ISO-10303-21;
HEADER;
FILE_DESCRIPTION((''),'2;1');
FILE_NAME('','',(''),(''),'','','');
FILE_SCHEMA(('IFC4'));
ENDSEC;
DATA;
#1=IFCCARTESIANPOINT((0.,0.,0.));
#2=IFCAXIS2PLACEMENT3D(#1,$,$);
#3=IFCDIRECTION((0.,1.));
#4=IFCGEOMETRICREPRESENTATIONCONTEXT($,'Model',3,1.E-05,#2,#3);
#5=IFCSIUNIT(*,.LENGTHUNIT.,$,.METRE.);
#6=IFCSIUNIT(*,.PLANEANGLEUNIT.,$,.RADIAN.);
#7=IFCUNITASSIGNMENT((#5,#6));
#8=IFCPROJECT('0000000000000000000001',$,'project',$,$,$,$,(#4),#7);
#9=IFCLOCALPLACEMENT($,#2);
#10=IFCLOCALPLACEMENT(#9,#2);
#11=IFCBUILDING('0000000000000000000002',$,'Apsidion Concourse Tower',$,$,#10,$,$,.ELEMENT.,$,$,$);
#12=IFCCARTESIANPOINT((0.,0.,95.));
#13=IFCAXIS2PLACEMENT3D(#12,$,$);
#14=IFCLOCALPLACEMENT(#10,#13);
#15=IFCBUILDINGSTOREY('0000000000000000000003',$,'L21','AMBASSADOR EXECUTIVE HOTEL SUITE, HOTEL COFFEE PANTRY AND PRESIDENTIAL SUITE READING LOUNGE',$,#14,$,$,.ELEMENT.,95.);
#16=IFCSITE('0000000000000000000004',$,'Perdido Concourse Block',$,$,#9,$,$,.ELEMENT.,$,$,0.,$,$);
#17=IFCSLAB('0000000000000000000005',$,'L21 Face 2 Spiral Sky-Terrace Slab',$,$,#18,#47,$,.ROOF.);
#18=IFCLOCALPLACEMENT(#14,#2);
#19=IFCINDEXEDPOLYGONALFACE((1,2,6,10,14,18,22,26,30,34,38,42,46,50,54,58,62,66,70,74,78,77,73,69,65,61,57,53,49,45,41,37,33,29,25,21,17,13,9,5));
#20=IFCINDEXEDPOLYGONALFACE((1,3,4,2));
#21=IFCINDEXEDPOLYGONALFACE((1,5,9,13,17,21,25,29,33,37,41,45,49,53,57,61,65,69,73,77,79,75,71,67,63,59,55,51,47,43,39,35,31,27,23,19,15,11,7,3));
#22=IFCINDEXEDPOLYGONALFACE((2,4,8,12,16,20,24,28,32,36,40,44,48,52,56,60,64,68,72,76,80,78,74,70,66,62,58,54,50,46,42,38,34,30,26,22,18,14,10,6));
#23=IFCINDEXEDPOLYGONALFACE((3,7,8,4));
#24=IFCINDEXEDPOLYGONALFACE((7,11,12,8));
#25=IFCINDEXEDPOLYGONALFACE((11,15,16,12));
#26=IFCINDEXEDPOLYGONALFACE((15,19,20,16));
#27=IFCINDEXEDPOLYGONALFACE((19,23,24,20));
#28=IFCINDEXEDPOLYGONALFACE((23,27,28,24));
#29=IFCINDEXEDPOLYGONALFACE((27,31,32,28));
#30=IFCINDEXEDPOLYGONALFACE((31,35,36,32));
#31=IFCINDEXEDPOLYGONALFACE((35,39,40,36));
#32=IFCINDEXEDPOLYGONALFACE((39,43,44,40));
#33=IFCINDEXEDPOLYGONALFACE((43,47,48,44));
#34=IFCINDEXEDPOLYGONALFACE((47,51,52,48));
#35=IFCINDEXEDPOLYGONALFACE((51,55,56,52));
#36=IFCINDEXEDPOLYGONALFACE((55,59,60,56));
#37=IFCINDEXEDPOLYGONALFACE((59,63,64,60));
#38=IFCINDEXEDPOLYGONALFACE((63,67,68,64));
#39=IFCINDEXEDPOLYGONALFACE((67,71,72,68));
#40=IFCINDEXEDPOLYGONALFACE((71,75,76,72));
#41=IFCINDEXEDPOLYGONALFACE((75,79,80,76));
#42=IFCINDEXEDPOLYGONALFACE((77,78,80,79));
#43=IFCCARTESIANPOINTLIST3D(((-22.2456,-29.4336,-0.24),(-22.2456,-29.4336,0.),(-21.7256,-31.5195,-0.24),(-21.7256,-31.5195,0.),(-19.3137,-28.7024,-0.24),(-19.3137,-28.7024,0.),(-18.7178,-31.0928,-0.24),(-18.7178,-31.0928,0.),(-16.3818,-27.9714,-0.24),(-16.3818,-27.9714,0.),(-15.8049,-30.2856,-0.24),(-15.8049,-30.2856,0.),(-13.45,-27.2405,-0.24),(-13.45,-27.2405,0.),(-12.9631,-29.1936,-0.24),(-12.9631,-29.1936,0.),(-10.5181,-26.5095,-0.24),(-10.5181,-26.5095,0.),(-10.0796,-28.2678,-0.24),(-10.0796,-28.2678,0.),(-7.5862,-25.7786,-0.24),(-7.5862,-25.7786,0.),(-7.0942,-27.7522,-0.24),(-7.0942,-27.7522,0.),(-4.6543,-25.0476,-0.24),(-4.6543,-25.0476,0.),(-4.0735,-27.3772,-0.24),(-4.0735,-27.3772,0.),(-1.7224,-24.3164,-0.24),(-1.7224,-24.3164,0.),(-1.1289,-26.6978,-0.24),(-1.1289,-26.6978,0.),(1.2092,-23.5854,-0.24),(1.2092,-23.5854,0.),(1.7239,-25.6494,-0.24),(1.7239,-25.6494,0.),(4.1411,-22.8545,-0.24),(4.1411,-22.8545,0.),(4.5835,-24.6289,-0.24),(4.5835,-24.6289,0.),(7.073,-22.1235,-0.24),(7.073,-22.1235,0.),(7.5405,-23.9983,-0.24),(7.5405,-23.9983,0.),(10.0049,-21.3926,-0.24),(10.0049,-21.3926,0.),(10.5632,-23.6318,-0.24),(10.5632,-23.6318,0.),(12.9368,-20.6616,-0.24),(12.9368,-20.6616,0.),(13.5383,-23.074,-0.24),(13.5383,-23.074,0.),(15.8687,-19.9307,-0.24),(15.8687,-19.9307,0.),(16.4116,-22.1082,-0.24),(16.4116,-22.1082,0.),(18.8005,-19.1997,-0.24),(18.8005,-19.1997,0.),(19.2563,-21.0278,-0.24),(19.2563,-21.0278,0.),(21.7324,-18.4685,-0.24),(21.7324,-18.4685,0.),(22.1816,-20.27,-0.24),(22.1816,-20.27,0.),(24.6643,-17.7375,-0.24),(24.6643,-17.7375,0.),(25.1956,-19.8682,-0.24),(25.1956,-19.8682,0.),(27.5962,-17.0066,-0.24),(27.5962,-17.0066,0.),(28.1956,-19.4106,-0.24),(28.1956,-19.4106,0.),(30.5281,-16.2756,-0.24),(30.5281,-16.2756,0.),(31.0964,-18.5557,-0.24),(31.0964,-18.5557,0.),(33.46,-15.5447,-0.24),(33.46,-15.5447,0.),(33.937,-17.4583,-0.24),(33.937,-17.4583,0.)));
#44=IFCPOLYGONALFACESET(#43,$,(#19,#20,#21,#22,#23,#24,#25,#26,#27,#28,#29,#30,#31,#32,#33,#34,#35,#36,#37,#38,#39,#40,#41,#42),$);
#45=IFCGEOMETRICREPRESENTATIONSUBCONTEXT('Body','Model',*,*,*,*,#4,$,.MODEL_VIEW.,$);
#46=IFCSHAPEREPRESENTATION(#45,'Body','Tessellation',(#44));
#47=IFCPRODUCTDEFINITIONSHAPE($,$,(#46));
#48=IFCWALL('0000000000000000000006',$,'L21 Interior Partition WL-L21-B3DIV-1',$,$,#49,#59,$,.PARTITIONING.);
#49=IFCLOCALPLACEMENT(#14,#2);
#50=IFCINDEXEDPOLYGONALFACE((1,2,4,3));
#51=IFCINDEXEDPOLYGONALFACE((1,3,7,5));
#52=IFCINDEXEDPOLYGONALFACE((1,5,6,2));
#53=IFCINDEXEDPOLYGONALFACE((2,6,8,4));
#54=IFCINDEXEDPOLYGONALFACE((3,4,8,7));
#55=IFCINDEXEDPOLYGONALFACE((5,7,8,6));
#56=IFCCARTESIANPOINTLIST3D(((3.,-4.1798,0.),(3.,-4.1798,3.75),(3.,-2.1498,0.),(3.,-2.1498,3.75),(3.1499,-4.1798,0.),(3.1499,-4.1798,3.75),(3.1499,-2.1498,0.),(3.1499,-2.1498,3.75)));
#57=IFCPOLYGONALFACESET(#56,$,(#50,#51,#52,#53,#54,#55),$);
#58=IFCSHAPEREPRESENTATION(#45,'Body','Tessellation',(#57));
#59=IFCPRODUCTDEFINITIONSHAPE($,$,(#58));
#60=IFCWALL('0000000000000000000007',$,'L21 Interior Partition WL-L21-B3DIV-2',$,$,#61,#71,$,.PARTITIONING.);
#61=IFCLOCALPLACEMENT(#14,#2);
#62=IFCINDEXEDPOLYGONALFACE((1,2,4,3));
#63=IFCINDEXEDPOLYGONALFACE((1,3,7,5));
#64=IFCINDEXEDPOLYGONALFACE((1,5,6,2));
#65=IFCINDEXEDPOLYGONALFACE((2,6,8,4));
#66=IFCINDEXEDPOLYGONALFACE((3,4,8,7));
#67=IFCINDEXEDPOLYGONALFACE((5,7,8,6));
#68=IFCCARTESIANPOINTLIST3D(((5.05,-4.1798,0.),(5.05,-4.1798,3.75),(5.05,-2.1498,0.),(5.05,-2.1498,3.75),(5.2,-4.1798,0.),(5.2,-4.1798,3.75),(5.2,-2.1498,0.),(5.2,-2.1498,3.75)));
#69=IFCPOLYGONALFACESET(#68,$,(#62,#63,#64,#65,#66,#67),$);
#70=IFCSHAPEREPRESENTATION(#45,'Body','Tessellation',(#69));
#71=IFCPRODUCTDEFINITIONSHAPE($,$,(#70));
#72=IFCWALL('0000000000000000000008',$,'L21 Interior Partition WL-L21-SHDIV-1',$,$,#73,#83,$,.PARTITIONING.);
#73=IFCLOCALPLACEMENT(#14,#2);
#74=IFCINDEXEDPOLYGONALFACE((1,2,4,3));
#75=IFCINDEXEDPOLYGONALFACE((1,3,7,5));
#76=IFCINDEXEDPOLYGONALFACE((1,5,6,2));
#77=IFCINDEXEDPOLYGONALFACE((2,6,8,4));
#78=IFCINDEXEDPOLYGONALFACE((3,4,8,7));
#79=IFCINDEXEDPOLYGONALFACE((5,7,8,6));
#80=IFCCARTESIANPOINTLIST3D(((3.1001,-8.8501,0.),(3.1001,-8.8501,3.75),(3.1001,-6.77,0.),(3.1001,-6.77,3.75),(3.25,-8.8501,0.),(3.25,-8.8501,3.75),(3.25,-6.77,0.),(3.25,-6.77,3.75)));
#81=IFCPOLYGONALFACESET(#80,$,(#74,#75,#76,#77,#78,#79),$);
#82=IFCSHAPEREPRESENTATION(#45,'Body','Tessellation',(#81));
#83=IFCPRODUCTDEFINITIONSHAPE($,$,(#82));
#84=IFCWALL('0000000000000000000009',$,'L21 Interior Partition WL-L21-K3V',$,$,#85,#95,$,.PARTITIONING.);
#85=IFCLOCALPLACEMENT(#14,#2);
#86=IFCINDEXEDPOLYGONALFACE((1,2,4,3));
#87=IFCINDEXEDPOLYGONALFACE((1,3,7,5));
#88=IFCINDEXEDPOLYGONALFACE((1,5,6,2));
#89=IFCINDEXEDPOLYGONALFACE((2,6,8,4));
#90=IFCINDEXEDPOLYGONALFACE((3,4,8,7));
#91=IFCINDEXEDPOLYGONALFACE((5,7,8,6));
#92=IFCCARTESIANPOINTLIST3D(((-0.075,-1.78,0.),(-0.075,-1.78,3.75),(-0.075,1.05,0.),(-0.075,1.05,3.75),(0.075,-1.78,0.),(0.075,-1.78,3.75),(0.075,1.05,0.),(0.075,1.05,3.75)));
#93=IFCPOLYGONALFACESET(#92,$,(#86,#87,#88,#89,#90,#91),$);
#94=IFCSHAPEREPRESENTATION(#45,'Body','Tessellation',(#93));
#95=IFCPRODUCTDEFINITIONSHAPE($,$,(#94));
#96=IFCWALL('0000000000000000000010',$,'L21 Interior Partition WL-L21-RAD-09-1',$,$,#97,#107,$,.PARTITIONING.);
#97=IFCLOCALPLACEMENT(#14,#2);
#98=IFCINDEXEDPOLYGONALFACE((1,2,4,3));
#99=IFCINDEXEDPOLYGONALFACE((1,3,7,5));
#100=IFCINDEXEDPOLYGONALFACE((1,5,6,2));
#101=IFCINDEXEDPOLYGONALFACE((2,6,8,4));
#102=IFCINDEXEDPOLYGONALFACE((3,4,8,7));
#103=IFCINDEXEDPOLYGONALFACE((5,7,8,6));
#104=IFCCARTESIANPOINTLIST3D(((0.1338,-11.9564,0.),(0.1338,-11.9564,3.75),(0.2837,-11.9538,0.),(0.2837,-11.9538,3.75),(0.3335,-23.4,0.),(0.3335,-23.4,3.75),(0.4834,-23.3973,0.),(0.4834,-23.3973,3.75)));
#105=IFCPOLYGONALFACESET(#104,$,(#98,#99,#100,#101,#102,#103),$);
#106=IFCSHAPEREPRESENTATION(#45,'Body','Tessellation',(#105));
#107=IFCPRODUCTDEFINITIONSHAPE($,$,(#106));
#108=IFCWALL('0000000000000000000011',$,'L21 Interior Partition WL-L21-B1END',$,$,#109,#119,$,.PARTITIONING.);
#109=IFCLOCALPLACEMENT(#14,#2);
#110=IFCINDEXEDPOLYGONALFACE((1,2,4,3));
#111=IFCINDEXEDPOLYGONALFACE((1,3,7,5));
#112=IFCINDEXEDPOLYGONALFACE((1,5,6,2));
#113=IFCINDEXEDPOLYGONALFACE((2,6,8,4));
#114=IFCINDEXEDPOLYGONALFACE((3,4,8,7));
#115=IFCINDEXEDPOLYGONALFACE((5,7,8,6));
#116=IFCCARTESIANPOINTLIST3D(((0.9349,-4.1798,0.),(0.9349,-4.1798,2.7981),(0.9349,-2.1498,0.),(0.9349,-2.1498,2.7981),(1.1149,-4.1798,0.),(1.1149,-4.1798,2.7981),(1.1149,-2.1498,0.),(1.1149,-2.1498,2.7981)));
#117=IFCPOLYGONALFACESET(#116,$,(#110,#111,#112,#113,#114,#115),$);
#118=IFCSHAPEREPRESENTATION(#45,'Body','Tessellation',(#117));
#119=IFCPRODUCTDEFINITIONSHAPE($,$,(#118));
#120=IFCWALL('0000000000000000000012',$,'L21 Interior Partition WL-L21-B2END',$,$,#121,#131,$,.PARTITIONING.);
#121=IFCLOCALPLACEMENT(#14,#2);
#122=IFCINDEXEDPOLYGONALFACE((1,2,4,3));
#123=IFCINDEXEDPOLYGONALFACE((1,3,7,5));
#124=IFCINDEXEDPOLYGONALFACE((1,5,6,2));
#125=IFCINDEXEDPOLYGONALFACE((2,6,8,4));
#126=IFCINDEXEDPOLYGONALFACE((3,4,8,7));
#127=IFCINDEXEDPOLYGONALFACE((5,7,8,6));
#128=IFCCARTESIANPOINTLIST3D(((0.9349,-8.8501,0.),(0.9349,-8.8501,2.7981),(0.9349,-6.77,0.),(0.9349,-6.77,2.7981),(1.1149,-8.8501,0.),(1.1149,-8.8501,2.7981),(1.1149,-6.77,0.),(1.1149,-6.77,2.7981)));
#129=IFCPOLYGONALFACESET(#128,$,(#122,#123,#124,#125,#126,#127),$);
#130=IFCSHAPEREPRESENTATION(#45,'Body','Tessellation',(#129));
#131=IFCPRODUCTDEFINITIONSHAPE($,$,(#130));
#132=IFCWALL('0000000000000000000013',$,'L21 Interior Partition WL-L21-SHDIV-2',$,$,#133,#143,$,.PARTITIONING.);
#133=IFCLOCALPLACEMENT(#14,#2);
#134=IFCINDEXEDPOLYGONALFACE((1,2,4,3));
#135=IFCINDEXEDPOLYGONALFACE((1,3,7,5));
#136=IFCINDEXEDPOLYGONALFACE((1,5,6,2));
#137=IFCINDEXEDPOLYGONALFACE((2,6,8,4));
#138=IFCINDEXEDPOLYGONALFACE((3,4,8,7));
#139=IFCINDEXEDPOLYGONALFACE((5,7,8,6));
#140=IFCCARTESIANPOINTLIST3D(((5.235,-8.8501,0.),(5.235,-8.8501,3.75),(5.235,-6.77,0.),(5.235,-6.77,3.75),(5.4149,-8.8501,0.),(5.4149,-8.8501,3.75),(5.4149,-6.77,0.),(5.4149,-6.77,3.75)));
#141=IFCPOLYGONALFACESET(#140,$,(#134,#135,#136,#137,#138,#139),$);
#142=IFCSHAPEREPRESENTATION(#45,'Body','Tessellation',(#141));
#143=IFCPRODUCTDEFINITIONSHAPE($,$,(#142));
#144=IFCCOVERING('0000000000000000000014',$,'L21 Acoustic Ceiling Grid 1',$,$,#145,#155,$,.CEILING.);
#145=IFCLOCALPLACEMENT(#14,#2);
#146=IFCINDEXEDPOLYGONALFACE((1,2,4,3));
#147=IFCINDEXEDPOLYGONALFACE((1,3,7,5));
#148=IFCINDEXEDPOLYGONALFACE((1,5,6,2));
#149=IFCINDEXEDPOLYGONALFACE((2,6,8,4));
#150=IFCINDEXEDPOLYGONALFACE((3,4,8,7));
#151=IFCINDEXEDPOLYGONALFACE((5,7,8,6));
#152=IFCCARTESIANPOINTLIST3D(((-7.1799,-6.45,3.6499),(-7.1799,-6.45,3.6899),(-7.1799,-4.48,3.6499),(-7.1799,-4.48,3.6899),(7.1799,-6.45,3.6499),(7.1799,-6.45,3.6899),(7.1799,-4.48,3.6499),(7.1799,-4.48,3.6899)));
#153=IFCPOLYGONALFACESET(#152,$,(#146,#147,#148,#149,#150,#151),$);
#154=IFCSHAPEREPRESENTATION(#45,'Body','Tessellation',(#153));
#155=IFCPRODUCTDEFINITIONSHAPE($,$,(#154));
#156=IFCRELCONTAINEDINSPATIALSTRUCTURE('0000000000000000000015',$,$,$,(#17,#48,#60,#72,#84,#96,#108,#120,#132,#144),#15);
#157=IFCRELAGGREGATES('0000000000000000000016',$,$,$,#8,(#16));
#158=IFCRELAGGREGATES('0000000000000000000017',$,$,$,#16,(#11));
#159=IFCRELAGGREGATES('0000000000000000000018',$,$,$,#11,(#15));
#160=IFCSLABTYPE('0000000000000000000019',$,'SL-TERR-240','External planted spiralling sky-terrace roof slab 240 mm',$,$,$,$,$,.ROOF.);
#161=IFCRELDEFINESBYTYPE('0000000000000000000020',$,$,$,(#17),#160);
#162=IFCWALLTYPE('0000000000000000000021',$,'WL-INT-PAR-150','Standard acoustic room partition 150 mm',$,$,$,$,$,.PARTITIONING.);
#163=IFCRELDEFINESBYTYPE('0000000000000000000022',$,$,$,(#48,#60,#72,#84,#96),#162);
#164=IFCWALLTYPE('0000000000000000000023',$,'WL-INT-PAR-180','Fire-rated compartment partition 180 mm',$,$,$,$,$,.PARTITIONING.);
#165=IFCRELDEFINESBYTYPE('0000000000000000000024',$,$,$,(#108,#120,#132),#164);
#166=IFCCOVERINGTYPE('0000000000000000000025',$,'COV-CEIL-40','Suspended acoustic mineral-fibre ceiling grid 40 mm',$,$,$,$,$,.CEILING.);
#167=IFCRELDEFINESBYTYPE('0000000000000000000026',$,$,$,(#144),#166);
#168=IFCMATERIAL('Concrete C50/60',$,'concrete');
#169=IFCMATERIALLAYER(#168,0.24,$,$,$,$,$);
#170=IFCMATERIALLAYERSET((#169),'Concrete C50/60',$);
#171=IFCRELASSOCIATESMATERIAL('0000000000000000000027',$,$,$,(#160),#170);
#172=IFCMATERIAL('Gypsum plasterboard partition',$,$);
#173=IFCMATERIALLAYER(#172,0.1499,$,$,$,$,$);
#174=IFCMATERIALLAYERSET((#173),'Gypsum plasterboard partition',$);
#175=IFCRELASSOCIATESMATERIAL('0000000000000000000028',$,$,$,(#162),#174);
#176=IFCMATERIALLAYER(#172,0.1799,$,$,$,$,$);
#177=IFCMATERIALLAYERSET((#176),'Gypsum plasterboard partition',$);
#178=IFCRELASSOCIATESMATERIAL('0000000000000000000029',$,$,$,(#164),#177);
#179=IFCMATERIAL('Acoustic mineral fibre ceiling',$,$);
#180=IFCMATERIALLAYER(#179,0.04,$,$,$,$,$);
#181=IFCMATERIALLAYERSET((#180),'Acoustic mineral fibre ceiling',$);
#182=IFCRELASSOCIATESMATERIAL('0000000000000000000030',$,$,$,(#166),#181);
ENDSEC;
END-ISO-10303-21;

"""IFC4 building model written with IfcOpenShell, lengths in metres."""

from ifc_helpers import new_model, si_unit, direction, frame, frame_2d, origin, place, context, subcontext, project, spatial, polyline, rectangle, outline, extrude, material, layer, layer_set, type_object, element, save


model = new_model("IFC4")

# Units and contexts
model_context = context("Model", 3, precision=1e-05, world=origin(), true_north=direction((0.0, 1.0)))
body_context = subcontext(model_context, "Body", "Model", "MODEL_VIEW")
ifc_project = project(units=[si_unit("LENGTHUNIT", "METRE"), si_unit("PLANEANGLEUNIT", "RADIAN")], contexts=[model_context])

# Site, building, storey
site_placement = place(None, origin())
site = spatial("IfcSite", under=ifc_project, at=site_placement, Name="Perdido Concourse Block", CompositionType="ELEMENT", RefElevation=0.0)
building_placement = place(site_placement, origin())
building = spatial("IfcBuilding", under=site, at=building_placement, Name="Apsidion Concourse Tower", CompositionType="ELEMENT")
storey_placement = place(building_placement, frame((0.0, 0.0, 95.0)))
storey = spatial("IfcBuildingStorey", under=building, at=storey_placement, Name="L21", Description="AMBASSADOR EXECUTIVE HOTEL SUITE, HOTEL COFFEE PANTRY AND PRESIDENTIAL SUITE READING LOUNGE", CompositionType="ELEMENT", Elevation=95.0)

# Shared definitions
ifc_material_1 = material(Name="Concrete C50/60", Category="concrete")

# Slab
ifc_layer_1 = layer(ifc_material_1, 0.24)
ifc_layer_set_1 = layer_set([ifc_layer_1], Name="Concrete C50/60")
slab_type_1 = type_object("IfcSlabType", Name="SL-TERR-240", Description="External planted spiralling sky-terrace roof slab 240 mm", PredefinedType="ROOF", material=ifc_layer_set_1)
slab_1_placement = place(storey_placement, frame((0.0, 0.0, -0.24)))
element("IfcSlab", 1, at=slab_1_placement, inside=storey, type_object=slab_type_1, Name="L21 Face 2 Spiral Sky-Terrace Slab", PredefinedType="ROOF", context=body_context, shape_type="SweptSolid", body=[
    extrude(outline(polyline([(-22.2456, -29.4336), (-19.3137, -28.7024), (-16.3818, -27.9714), (-13.45, -27.2405), (-10.5181, -26.5095), (-7.5862, -25.7786), (-4.6543, -25.0476), (-1.7224, -24.3164), (1.2092, -23.5854), (4.1411, -22.8545), (7.073, -22.1235), (10.0049, -21.3926), (12.9368, -20.6616), (15.8687, -19.9307), (18.8005, -19.1997), (21.7324, -18.4685), (24.6643, -17.7375), (27.5962, -17.0066), (30.5281, -16.2756), (33.46, -15.5447), (33.937, -17.4583), (31.0964, -18.5557), (28.1956, -19.4106), (25.1956, -19.8682), (22.1816, -20.27), (19.2563, -21.0278), (16.4116, -22.1082), (13.5383, -23.074), (10.5632, -23.6318), (7.5405, -23.9983), (4.5835, -24.6289), (1.7239, -25.6494), (-1.1289, -26.6978), (-4.0735, -27.3772), (-7.0942, -27.7522), (-10.0796, -28.2678), (-12.9631, -29.1936), (-15.8049, -30.2856), (-18.7178, -31.0928), (-21.7256, -31.5195), (-22.2456, -29.4336)])), origin(), (0.0, 0.0, 1.0), 0.24),
])

# Walls
ifc_material_2 = material(Name="Gypsum plasterboard partition")
ifc_layer_2 = layer(ifc_material_2, 0.1499)
ifc_layer_set_2 = layer_set([ifc_layer_2], Name="Gypsum plasterboard partition")
wall_type_1 = type_object("IfcWallType", Name="WL-INT-PAR-150", Description="Standard acoustic room partition 150 mm", PredefinedType="PARTITIONING", material=ifc_layer_set_2)
for number, where, z_axis, x_axis, name in (
    (2, (3.075, -4.1799, 0.0), (0.0, 0.0, 1.0), (0.0, 1.0, 0.0), "L21 Interior Partition WL-L21-B3DIV-1"),
    (3, (5.125, -4.1799, 0.0), (0.0, 0.0, 1.0), (0.0, 1.0, 0.0), "L21 Interior Partition WL-L21-B3DIV-2"),
):
    element("IfcWall", number, at=place(storey_placement, frame(where, z_axis=z_axis, x_axis=x_axis)), inside=storey, type_object=wall_type_1, Name=name, PredefinedType="PARTITIONING", context=body_context, shape_type="SweptSolid", body=[
        extrude(rectangle(XDim=2.03, YDim=0.1499, at=frame_2d((1.0151, 0.0))), origin(), (0.0, 0.0, 1.0), 3.75),
    ])
wall_1_placement = place(storey_placement, frame((3.175, -8.8501, 0.0), z_axis=(0.0, 0.0, 1.0), x_axis=(0.0, 1.0, 0.0)))
element("IfcWall", 4, at=wall_1_placement, inside=storey, type_object=wall_type_1, Name="L21 Interior Partition WL-L21-SHDIV-1", PredefinedType="PARTITIONING", context=body_context, shape_type="SweptSolid", body=[
    extrude(rectangle(XDim=2.0801, YDim=0.1499, at=frame_2d((1.04, 0.0))), origin(), (0.0, 0.0, 1.0), 3.75),
])
wall_2_placement = place(storey_placement, frame((0.0, -1.78, 0.0), z_axis=(0.0, 0.0, 1.0), x_axis=(0.0, 1.0, 0.0)))
element("IfcWall", 5, at=wall_2_placement, inside=storey, type_object=wall_type_1, Name="L21 Interior Partition WL-L21-K3V", PredefinedType="PARTITIONING", context=body_context, shape_type="SweptSolid", body=[
    extrude(rectangle(XDim=2.8301, YDim=0.1499, at=frame_2d((1.415, 0.0))), origin(), (0.0, 0.0, 1.0), 3.75),
])
wall_3_placement = place(storey_placement, frame((0.2087, -11.9551, 0.0), z_axis=(0.0, 0.0, 1.0), x_axis=(0.017449, -0.999848, 0.0)))
element("IfcWall", 6, at=wall_3_placement, inside=storey, type_object=wall_type_1, Name="L21 Interior Partition WL-L21-RAD-09-1", PredefinedType="PARTITIONING", context=body_context, shape_type="SweptSolid", body=[
    extrude(rectangle(XDim=11.4453, YDim=0.1499, at=frame_2d((5.7227, 0.0))), origin(), (0.0, 0.0, 1.0), 3.75),
])
ifc_layer_3 = layer(ifc_material_2, 0.1799)
ifc_layer_set_3 = layer_set([ifc_layer_3], Name="Gypsum plasterboard partition")
wall_type_2 = type_object("IfcWallType", Name="WL-INT-PAR-180", Description="Fire-rated compartment partition 180 mm", PredefinedType="PARTITIONING", material=ifc_layer_set_3)
wall_4_placement = place(storey_placement, frame((1.0249, -4.1799, 0.0), z_axis=(0.0, 0.0, 1.0), x_axis=(0.0, 1.0, 0.0)))
element("IfcWall", 7, at=wall_4_placement, inside=storey, type_object=wall_type_2, Name="L21 Interior Partition WL-L21-B1END", PredefinedType="PARTITIONING", context=body_context, shape_type="SweptSolid", body=[
    extrude(rectangle(XDim=2.03, YDim=0.1799, at=frame_2d((1.0151, 0.0))), origin(), (0.0, 0.0, 1.0), 2.7981),
])
wall_5_placement = place(storey_placement, frame((1.0249, -8.8501, 0.0), z_axis=(0.0, 0.0, 1.0), x_axis=(0.0, 1.0, 0.0)))
element("IfcWall", 8, at=wall_5_placement, inside=storey, type_object=wall_type_2, Name="L21 Interior Partition WL-L21-B2END", PredefinedType="PARTITIONING", context=body_context, shape_type="SweptSolid", body=[
    extrude(rectangle(XDim=2.0801, YDim=0.1799, at=frame_2d((1.04, 0.0))), origin(), (0.0, 0.0, 1.0), 2.7981),
])
wall_6_placement = place(storey_placement, frame((5.325, -8.8501, 0.0), z_axis=(0.0, 0.0, 1.0), x_axis=(0.0, 1.0, 0.0)))
element("IfcWall", 9, at=wall_6_placement, inside=storey, type_object=wall_type_2, Name="L21 Interior Partition WL-L21-SHDIV-2", PredefinedType="PARTITIONING", context=body_context, shape_type="SweptSolid", body=[
    extrude(rectangle(XDim=2.0801, YDim=0.1799, at=frame_2d((1.04, 0.0))), origin(), (0.0, 0.0, 1.0), 3.75),
])

# Covering
ifc_material_3 = material(Name="Acoustic mineral fibre ceiling")
ifc_layer_4 = layer(ifc_material_3, 0.04)
ifc_layer_set_4 = layer_set([ifc_layer_4], Name="Acoustic mineral fibre ceiling")
covering_type = type_object("IfcCoveringType", Name="COV-CEIL-40", Description="Suspended acoustic mineral-fibre ceiling grid 40 mm", PredefinedType="CEILING", material=ifc_layer_set_4)
covering_placement = place(storey_placement, frame((0.0, 0.0, 3.6499)))
element("IfcCovering", 10, at=covering_placement, inside=storey, type_object=covering_type, Name="L21 Acoustic Ceiling Grid 1", PredefinedType="CEILING", context=body_context, shape_type="SweptSolid", body=[
    extrude(outline(polyline([(-7.1799, -6.45), (-7.1799, -4.48), (7.1799, -4.48), (7.1799, -6.45), (-7.1799, -6.45)])), origin(), (0.0, 0.0, 1.0), 0.04),
])

save(model, "model.ifc")
